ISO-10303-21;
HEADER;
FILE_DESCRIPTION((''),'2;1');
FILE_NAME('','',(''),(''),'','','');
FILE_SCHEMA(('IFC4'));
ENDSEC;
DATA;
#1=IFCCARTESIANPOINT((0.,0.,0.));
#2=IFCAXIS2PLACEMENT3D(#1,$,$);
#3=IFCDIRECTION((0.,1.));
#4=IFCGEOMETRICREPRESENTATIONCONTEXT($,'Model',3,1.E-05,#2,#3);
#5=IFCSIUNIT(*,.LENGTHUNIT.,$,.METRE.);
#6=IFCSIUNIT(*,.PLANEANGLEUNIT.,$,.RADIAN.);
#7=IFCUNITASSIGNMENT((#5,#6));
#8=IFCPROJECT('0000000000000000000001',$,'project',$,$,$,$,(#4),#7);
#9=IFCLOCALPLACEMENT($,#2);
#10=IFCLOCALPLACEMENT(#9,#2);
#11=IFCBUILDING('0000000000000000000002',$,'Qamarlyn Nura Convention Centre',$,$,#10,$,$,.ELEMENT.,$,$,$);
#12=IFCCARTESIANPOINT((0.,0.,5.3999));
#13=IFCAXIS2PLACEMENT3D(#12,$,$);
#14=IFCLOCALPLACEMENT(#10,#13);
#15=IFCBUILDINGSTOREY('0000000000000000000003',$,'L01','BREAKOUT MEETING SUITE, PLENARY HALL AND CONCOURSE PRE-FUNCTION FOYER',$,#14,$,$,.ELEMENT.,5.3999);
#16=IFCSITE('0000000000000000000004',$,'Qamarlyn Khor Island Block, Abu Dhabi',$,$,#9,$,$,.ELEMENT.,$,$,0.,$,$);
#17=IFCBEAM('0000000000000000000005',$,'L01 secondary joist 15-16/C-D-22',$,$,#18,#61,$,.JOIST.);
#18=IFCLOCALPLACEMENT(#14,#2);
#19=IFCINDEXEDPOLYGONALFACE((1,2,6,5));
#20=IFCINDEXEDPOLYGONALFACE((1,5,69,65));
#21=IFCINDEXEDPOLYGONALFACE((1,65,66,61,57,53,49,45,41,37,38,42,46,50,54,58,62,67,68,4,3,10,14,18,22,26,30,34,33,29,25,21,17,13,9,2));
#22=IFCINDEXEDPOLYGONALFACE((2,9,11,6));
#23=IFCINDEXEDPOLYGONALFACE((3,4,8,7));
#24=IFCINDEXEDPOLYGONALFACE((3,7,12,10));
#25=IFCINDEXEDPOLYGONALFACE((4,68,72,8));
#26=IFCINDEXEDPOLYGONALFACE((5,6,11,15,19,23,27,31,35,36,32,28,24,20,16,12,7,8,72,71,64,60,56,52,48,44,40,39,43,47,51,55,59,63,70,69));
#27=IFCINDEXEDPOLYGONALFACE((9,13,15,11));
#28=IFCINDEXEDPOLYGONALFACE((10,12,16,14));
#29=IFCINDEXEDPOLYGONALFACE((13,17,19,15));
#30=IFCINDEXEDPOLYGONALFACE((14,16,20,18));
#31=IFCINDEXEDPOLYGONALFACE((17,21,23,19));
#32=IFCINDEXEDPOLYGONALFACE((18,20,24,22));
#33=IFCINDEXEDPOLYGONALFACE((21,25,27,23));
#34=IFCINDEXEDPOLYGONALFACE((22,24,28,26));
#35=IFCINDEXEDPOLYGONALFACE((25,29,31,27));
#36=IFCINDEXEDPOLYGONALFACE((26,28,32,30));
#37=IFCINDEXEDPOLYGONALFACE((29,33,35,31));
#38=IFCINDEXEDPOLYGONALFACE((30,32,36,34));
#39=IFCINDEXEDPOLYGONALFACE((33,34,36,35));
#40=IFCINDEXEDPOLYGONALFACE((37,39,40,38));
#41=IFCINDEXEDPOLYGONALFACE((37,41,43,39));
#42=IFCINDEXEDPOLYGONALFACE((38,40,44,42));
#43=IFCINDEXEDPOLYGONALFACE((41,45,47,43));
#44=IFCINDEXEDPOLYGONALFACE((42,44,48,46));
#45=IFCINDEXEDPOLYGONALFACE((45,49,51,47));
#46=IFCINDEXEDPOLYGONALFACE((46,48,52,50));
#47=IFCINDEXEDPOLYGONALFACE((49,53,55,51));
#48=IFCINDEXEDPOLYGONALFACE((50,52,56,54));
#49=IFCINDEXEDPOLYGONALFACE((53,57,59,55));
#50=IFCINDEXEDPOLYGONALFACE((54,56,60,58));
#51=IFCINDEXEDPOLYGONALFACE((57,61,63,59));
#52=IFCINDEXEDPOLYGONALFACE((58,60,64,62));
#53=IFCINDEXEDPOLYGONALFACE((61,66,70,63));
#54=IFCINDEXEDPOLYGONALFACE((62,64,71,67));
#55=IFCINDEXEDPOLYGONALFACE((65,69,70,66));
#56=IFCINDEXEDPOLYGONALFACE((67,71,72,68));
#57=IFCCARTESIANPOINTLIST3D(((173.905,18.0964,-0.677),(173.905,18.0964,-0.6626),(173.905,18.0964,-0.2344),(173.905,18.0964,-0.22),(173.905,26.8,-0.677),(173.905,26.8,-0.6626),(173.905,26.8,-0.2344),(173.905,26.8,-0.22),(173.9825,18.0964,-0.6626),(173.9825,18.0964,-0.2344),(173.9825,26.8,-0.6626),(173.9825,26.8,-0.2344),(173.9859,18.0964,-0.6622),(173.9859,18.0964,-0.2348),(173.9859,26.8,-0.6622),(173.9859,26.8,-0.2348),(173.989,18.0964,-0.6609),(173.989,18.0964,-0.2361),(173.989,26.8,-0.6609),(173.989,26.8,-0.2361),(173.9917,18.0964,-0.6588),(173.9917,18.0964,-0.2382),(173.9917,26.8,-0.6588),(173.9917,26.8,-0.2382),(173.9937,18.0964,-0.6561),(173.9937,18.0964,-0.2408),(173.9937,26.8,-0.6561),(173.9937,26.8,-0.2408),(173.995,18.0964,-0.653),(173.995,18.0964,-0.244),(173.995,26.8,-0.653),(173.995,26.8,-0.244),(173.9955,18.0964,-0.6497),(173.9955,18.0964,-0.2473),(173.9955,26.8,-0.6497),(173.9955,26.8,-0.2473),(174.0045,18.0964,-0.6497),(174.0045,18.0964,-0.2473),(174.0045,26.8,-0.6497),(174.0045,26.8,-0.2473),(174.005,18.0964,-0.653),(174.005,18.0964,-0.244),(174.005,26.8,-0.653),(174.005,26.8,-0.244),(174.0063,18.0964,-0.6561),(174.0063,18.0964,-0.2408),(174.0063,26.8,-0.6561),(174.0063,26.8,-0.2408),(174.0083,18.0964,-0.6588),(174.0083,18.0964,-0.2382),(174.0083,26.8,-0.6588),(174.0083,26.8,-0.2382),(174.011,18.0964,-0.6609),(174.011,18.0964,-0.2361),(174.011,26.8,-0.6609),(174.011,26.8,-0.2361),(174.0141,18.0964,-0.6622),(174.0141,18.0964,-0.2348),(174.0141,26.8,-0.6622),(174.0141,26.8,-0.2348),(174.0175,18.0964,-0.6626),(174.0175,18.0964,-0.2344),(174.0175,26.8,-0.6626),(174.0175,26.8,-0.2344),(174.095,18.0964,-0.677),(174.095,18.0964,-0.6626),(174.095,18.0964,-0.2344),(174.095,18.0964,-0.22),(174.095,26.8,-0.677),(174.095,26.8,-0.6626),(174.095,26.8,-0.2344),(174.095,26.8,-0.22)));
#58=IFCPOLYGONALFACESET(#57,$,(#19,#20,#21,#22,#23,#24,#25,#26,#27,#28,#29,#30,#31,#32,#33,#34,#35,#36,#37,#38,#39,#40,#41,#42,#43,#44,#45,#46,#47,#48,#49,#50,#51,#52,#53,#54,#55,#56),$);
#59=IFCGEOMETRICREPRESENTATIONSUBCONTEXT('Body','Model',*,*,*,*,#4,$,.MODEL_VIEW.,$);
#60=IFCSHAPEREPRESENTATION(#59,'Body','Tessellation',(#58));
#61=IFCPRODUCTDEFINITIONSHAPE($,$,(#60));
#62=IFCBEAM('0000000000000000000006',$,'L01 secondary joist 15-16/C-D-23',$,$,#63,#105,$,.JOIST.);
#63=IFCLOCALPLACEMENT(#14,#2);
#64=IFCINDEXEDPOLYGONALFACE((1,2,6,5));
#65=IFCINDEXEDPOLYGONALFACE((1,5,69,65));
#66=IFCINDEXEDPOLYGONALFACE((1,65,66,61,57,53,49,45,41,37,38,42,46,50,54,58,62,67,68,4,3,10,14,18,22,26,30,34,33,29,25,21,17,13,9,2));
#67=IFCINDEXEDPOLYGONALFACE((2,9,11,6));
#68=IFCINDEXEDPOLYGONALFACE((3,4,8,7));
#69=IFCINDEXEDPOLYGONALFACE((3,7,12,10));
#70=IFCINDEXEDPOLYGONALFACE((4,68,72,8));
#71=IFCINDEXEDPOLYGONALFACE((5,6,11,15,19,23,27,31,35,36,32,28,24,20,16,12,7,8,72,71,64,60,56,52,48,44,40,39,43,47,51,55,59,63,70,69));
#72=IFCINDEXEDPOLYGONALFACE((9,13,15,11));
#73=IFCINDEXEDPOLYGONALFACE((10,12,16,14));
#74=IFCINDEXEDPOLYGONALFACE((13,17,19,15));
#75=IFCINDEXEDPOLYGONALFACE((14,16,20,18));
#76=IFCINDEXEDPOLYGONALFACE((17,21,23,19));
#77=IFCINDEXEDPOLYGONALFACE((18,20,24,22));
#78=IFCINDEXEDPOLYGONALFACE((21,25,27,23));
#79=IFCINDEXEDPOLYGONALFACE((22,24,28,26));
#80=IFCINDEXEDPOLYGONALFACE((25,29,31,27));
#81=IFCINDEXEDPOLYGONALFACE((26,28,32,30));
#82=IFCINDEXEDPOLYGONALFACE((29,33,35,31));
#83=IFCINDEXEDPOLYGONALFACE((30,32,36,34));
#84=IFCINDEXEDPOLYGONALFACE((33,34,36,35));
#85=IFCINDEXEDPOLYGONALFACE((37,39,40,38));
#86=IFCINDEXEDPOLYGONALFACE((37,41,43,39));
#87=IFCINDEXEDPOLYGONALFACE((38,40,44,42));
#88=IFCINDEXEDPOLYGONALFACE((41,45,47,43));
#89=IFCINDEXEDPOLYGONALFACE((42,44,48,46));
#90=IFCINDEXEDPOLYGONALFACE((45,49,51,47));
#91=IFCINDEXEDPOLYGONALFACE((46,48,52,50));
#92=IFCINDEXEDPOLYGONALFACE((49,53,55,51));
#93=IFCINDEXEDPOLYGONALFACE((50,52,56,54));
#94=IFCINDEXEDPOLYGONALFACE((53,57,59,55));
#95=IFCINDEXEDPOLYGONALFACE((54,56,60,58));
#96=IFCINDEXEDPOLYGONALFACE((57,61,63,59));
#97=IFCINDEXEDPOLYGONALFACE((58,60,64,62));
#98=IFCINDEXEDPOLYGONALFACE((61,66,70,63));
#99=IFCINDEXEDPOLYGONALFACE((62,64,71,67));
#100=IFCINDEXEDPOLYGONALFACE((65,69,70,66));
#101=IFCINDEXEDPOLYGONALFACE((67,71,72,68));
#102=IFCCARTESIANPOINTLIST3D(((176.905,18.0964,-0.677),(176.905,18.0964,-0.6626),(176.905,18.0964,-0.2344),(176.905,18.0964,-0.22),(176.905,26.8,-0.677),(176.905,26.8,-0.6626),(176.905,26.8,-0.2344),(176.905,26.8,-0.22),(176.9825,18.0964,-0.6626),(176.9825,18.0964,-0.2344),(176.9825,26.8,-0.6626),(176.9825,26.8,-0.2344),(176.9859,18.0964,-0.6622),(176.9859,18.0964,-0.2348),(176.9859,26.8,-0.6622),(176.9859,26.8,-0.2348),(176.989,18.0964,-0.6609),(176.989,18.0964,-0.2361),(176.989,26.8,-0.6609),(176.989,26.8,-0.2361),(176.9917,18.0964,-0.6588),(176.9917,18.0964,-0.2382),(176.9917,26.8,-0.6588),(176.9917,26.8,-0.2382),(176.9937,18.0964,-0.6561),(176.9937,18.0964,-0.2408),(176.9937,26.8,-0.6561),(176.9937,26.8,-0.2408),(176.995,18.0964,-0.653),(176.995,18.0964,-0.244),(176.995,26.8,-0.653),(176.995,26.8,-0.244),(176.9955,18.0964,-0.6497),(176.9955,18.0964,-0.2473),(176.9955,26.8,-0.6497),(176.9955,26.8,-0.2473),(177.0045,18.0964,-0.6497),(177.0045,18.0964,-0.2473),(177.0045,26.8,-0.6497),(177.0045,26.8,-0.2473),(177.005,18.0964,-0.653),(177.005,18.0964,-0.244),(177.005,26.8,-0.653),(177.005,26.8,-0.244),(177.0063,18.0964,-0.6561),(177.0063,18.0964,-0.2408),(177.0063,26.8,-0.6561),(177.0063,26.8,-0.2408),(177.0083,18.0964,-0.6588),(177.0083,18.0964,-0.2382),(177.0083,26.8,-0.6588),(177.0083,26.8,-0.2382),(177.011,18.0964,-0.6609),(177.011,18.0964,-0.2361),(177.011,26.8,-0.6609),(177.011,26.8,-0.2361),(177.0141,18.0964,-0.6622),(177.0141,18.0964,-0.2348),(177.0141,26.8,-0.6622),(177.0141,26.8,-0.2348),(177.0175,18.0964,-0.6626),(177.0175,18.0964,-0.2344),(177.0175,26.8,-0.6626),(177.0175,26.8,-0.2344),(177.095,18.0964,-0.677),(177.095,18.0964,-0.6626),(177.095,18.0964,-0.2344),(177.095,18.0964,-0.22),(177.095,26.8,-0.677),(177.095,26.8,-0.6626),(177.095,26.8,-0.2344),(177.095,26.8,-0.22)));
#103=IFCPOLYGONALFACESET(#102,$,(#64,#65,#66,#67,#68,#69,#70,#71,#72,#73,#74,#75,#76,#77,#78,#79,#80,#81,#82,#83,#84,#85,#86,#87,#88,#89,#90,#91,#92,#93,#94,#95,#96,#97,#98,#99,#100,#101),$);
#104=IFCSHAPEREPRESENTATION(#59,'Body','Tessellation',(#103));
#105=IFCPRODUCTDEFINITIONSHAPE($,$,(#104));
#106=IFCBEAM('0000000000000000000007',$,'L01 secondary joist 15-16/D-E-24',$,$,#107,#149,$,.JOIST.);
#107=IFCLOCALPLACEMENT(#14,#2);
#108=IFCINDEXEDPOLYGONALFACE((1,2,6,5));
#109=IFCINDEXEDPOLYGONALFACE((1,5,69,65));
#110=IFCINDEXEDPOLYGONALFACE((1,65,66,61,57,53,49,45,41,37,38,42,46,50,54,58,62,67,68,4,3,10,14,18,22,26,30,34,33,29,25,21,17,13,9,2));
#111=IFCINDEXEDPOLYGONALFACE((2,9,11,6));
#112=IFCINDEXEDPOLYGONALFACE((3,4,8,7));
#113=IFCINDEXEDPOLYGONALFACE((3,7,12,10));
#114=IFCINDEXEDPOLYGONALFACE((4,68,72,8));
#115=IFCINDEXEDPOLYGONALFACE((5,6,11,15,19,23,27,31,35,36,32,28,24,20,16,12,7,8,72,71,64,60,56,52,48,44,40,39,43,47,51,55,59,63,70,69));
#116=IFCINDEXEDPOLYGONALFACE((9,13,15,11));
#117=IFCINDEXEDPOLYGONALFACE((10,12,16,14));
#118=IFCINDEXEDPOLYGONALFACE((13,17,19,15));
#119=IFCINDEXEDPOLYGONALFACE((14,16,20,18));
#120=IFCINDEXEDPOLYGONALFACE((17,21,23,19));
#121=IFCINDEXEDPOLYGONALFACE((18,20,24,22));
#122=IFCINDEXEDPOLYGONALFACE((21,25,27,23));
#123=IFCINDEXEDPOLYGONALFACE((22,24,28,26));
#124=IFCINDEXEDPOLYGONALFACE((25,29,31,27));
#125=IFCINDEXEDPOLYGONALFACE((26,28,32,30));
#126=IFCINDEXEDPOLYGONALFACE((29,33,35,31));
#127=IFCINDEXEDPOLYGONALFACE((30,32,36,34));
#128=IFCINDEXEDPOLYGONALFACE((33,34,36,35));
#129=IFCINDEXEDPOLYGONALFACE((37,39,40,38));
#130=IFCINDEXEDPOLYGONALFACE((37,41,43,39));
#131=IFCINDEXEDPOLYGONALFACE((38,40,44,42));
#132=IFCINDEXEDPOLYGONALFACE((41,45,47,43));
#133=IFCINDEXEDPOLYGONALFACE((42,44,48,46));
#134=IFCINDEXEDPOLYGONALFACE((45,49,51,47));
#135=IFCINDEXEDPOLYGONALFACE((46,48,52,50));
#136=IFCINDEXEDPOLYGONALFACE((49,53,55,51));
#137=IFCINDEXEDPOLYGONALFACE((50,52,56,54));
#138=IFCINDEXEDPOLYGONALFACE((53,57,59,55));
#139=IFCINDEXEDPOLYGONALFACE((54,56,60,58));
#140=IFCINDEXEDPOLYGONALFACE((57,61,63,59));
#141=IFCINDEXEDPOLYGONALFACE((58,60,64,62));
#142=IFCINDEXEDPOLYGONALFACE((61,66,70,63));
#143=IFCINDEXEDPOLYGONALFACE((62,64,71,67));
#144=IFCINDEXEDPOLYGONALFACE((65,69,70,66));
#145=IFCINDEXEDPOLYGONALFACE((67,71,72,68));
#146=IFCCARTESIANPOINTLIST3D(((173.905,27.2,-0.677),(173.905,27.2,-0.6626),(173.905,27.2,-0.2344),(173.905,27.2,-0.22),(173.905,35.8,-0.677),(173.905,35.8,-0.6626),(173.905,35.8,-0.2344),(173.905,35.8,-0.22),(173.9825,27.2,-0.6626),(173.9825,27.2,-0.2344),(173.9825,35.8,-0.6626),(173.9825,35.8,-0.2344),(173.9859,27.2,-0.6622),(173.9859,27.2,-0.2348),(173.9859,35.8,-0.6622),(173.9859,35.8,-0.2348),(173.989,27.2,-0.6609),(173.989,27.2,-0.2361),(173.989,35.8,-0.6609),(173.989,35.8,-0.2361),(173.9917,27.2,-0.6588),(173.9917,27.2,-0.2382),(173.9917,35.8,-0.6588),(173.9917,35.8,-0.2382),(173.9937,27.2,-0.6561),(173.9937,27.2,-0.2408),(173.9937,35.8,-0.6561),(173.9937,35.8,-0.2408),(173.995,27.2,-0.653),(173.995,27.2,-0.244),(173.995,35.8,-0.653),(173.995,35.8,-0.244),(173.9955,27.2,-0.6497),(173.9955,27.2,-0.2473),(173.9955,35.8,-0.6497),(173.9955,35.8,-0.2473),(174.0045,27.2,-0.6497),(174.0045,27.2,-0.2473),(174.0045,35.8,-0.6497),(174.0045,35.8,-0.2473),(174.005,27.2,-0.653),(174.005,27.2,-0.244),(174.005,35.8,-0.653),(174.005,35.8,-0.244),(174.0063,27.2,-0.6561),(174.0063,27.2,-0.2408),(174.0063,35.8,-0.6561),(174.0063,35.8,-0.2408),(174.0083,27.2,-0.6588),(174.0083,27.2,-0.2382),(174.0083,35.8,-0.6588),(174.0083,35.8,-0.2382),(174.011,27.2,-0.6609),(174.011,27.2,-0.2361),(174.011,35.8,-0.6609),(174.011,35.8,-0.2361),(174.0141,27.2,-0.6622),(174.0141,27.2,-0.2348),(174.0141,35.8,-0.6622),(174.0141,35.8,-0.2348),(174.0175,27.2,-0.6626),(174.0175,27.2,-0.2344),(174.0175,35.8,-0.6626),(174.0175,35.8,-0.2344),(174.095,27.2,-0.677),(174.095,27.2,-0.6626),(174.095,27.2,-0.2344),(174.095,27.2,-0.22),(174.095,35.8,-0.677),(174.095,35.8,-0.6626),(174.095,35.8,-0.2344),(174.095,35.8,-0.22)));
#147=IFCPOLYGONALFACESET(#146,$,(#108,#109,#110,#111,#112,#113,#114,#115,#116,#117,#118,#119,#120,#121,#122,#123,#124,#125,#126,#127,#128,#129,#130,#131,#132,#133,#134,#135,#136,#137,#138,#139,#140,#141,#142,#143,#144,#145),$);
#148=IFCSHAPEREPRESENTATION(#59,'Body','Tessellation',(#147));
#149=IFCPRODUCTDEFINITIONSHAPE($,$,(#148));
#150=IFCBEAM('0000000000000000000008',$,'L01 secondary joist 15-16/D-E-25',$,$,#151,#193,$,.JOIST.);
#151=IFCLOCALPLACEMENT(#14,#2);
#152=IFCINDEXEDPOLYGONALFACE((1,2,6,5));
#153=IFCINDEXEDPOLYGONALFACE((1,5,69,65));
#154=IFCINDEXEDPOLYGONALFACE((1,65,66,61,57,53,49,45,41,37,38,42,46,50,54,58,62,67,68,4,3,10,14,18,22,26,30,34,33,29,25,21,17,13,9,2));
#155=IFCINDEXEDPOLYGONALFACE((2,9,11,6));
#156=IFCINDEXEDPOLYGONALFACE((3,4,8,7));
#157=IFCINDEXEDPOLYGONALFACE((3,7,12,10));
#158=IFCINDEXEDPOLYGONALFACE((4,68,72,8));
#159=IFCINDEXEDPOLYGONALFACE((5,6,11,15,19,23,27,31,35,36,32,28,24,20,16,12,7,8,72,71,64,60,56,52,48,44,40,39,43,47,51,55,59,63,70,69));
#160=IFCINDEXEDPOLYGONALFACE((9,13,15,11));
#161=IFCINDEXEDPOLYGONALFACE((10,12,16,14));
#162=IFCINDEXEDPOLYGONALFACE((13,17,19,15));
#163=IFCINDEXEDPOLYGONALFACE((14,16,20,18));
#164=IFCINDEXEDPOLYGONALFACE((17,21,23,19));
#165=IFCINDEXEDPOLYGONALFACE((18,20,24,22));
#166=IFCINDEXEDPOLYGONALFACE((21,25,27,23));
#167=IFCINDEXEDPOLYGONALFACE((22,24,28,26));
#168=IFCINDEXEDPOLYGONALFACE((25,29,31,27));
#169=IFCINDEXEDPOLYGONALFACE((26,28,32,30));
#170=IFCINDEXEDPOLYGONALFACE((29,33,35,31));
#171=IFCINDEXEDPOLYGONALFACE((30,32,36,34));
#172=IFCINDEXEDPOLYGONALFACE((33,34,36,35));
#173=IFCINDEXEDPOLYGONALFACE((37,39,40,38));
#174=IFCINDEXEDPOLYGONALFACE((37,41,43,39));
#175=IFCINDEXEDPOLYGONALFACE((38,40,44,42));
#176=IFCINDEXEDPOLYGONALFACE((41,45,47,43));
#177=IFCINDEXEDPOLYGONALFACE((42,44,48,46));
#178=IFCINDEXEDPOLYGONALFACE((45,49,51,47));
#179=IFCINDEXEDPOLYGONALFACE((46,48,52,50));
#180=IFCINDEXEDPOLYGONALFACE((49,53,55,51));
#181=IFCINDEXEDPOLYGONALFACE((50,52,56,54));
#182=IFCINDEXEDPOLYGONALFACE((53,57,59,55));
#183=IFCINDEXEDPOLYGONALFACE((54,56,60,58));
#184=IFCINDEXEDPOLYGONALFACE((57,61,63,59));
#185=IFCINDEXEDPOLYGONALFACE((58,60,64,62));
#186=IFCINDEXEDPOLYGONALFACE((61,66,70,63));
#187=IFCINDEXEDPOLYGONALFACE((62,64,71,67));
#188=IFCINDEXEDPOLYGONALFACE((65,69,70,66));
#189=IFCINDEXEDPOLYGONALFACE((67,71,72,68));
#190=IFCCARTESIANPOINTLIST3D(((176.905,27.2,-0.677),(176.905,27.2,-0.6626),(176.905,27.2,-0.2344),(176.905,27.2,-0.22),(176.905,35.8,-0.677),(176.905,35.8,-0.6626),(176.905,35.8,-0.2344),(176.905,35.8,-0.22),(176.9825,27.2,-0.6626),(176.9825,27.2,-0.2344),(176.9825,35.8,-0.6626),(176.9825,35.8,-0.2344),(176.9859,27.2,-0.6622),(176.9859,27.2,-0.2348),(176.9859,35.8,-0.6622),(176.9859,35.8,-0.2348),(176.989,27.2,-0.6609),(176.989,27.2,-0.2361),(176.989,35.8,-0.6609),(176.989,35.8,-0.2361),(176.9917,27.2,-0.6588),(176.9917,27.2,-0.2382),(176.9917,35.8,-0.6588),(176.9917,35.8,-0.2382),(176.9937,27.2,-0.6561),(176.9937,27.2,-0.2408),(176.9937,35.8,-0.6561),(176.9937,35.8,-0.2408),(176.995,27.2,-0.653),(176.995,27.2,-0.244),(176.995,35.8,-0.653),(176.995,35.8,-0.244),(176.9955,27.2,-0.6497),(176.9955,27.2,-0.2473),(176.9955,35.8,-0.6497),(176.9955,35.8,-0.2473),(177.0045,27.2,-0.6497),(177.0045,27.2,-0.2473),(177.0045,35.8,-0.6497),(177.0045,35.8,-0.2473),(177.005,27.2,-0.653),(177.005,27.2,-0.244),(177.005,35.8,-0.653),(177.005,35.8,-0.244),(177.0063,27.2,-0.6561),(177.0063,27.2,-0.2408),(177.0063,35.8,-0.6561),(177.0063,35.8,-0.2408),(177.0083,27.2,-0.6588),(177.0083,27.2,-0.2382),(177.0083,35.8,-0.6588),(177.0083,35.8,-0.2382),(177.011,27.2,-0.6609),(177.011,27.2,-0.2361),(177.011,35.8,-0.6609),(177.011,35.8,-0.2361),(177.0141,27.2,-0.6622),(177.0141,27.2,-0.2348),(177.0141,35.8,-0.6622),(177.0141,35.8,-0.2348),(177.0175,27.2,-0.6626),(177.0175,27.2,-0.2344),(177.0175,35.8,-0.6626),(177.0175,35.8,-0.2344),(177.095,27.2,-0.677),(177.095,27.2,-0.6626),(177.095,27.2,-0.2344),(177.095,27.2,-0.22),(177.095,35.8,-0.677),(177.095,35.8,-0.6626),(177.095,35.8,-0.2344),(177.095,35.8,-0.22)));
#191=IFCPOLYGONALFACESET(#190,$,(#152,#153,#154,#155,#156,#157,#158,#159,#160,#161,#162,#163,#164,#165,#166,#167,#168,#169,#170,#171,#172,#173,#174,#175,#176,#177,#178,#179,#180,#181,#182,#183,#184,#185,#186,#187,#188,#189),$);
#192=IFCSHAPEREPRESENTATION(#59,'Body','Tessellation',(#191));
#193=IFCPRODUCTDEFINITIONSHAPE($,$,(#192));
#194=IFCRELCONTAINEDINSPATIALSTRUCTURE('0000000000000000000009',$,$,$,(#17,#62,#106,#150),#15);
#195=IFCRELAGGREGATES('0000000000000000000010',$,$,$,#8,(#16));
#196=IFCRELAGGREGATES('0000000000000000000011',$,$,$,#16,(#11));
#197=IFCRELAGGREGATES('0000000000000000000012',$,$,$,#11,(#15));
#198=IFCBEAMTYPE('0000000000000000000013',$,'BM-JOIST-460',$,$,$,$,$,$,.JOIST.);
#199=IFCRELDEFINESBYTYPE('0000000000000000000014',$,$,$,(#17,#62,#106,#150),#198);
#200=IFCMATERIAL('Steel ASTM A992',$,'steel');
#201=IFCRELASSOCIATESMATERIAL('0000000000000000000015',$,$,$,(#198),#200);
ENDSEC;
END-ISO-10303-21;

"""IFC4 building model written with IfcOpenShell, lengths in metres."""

from ifc_helpers import new_model, si_unit, direction, frame, origin, origin_2d, place, context, subcontext, project, spatial, i_section, extrude, material, material_profile, profile_set, type_object, element, save


model = new_model("IFC4")

# Units and contexts
model_context = context("Model", 3, precision=1e-05, world=origin(), true_north=direction((0.0, 1.0)))
body_context = subcontext(model_context, "Body", "Model", "MODEL_VIEW")
ifc_project = project(units=[si_unit("LENGTHUNIT", "METRE"), si_unit("PLANEANGLEUNIT", "RADIAN")], contexts=[model_context])

# Site, building, storey
site_placement = place(None, origin())
site = spatial("IfcSite", under=ifc_project, at=site_placement, Name="Qamarlyn Khor Island Block, Abu Dhabi", CompositionType="ELEMENT", RefElevation=0.0)
building_placement = place(site_placement, origin())
building = spatial("IfcBuilding", under=site, at=building_placement, Name="Qamarlyn Nura Convention Centre", CompositionType="ELEMENT")
storey_placement = place(building_placement, frame((0.0, 0.0, 5.3999)))
storey = spatial("IfcBuildingStorey", under=building, at=storey_placement, Name="L01", Description="BREAKOUT MEETING SUITE, PLENARY HALL AND CONCOURSE PRE-FUNCTION FOYER", CompositionType="ELEMENT", Elevation=5.3999)

# Shared definitions
ifc_material_1 = material(Name="Steel ASTM A992", Category="steel")

# Beams
ifc_material_profile_1 = material_profile(ifc_material_1, i_section(OverallWidth=0.1899, OverallDepth=0.457, WebThickness=0.009, FlangeThickness=0.0144, FilletRadius=0.0129, at=origin_2d()), Name="W460X74")
ifc_profile_set_1 = profile_set([ifc_material_profile_1], Name="Steel ASTM A992")
beam_type_1 = type_object("IfcBeamType", Name="BM-JOIST-460", PredefinedType="JOIST", material=ifc_profile_set_1)
for number, where, z_axis, x_axis, name in (
    (1, (174.0, 18.0964, -0.4485), (0.0, 1.0, 0.0), (-1.0, 0.0, 0.0), "L01 secondary joist 15-16/C-D-22"),
    (2, (177.0, 18.0964, -0.4485), (0.0, 1.0, 0.0), (-1.0, 0.0, 0.0), "L01 secondary joist 15-16/C-D-23"),
):
    element("IfcBeam", number, at=place(storey_placement, frame(where, z_axis=z_axis, x_axis=x_axis)), inside=storey, type_object=beam_type_1, Name=name, PredefinedType="JOIST", context=body_context, shape_type="SweptSolid", body=[
        extrude(i_section(OverallWidth=0.1899, OverallDepth=0.457, WebThickness=0.009, FlangeThickness=0.0144, FilletRadius=0.0129, at=origin_2d()), origin(), (0.0, 0.0, 1.0), 8.7036),
    ])
for number, where, z_axis, x_axis, name in (
    (3, (174.0, 27.2, -0.4485), (0.0, 1.0, 0.0), (-1.0, 0.0, 0.0), "L01 secondary joist 15-16/D-E-24"),
    (4, (177.0, 27.2, -0.4485), (0.0, 1.0, 0.0), (-1.0, 0.0, 0.0), "L01 secondary joist 15-16/D-E-25"),
):
    element("IfcBeam", number, at=place(storey_placement, frame(where, z_axis=z_axis, x_axis=x_axis)), inside=storey, type_object=beam_type_1, Name=name, PredefinedType="JOIST", context=body_context, shape_type="SweptSolid", body=[
        extrude(i_section(OverallWidth=0.1899, OverallDepth=0.457, WebThickness=0.009, FlangeThickness=0.0144, FilletRadius=0.0129, at=origin_2d()), origin(), (0.0, 0.0, 1.0), 8.6001),
    ])

save(model, "model.ifc")
